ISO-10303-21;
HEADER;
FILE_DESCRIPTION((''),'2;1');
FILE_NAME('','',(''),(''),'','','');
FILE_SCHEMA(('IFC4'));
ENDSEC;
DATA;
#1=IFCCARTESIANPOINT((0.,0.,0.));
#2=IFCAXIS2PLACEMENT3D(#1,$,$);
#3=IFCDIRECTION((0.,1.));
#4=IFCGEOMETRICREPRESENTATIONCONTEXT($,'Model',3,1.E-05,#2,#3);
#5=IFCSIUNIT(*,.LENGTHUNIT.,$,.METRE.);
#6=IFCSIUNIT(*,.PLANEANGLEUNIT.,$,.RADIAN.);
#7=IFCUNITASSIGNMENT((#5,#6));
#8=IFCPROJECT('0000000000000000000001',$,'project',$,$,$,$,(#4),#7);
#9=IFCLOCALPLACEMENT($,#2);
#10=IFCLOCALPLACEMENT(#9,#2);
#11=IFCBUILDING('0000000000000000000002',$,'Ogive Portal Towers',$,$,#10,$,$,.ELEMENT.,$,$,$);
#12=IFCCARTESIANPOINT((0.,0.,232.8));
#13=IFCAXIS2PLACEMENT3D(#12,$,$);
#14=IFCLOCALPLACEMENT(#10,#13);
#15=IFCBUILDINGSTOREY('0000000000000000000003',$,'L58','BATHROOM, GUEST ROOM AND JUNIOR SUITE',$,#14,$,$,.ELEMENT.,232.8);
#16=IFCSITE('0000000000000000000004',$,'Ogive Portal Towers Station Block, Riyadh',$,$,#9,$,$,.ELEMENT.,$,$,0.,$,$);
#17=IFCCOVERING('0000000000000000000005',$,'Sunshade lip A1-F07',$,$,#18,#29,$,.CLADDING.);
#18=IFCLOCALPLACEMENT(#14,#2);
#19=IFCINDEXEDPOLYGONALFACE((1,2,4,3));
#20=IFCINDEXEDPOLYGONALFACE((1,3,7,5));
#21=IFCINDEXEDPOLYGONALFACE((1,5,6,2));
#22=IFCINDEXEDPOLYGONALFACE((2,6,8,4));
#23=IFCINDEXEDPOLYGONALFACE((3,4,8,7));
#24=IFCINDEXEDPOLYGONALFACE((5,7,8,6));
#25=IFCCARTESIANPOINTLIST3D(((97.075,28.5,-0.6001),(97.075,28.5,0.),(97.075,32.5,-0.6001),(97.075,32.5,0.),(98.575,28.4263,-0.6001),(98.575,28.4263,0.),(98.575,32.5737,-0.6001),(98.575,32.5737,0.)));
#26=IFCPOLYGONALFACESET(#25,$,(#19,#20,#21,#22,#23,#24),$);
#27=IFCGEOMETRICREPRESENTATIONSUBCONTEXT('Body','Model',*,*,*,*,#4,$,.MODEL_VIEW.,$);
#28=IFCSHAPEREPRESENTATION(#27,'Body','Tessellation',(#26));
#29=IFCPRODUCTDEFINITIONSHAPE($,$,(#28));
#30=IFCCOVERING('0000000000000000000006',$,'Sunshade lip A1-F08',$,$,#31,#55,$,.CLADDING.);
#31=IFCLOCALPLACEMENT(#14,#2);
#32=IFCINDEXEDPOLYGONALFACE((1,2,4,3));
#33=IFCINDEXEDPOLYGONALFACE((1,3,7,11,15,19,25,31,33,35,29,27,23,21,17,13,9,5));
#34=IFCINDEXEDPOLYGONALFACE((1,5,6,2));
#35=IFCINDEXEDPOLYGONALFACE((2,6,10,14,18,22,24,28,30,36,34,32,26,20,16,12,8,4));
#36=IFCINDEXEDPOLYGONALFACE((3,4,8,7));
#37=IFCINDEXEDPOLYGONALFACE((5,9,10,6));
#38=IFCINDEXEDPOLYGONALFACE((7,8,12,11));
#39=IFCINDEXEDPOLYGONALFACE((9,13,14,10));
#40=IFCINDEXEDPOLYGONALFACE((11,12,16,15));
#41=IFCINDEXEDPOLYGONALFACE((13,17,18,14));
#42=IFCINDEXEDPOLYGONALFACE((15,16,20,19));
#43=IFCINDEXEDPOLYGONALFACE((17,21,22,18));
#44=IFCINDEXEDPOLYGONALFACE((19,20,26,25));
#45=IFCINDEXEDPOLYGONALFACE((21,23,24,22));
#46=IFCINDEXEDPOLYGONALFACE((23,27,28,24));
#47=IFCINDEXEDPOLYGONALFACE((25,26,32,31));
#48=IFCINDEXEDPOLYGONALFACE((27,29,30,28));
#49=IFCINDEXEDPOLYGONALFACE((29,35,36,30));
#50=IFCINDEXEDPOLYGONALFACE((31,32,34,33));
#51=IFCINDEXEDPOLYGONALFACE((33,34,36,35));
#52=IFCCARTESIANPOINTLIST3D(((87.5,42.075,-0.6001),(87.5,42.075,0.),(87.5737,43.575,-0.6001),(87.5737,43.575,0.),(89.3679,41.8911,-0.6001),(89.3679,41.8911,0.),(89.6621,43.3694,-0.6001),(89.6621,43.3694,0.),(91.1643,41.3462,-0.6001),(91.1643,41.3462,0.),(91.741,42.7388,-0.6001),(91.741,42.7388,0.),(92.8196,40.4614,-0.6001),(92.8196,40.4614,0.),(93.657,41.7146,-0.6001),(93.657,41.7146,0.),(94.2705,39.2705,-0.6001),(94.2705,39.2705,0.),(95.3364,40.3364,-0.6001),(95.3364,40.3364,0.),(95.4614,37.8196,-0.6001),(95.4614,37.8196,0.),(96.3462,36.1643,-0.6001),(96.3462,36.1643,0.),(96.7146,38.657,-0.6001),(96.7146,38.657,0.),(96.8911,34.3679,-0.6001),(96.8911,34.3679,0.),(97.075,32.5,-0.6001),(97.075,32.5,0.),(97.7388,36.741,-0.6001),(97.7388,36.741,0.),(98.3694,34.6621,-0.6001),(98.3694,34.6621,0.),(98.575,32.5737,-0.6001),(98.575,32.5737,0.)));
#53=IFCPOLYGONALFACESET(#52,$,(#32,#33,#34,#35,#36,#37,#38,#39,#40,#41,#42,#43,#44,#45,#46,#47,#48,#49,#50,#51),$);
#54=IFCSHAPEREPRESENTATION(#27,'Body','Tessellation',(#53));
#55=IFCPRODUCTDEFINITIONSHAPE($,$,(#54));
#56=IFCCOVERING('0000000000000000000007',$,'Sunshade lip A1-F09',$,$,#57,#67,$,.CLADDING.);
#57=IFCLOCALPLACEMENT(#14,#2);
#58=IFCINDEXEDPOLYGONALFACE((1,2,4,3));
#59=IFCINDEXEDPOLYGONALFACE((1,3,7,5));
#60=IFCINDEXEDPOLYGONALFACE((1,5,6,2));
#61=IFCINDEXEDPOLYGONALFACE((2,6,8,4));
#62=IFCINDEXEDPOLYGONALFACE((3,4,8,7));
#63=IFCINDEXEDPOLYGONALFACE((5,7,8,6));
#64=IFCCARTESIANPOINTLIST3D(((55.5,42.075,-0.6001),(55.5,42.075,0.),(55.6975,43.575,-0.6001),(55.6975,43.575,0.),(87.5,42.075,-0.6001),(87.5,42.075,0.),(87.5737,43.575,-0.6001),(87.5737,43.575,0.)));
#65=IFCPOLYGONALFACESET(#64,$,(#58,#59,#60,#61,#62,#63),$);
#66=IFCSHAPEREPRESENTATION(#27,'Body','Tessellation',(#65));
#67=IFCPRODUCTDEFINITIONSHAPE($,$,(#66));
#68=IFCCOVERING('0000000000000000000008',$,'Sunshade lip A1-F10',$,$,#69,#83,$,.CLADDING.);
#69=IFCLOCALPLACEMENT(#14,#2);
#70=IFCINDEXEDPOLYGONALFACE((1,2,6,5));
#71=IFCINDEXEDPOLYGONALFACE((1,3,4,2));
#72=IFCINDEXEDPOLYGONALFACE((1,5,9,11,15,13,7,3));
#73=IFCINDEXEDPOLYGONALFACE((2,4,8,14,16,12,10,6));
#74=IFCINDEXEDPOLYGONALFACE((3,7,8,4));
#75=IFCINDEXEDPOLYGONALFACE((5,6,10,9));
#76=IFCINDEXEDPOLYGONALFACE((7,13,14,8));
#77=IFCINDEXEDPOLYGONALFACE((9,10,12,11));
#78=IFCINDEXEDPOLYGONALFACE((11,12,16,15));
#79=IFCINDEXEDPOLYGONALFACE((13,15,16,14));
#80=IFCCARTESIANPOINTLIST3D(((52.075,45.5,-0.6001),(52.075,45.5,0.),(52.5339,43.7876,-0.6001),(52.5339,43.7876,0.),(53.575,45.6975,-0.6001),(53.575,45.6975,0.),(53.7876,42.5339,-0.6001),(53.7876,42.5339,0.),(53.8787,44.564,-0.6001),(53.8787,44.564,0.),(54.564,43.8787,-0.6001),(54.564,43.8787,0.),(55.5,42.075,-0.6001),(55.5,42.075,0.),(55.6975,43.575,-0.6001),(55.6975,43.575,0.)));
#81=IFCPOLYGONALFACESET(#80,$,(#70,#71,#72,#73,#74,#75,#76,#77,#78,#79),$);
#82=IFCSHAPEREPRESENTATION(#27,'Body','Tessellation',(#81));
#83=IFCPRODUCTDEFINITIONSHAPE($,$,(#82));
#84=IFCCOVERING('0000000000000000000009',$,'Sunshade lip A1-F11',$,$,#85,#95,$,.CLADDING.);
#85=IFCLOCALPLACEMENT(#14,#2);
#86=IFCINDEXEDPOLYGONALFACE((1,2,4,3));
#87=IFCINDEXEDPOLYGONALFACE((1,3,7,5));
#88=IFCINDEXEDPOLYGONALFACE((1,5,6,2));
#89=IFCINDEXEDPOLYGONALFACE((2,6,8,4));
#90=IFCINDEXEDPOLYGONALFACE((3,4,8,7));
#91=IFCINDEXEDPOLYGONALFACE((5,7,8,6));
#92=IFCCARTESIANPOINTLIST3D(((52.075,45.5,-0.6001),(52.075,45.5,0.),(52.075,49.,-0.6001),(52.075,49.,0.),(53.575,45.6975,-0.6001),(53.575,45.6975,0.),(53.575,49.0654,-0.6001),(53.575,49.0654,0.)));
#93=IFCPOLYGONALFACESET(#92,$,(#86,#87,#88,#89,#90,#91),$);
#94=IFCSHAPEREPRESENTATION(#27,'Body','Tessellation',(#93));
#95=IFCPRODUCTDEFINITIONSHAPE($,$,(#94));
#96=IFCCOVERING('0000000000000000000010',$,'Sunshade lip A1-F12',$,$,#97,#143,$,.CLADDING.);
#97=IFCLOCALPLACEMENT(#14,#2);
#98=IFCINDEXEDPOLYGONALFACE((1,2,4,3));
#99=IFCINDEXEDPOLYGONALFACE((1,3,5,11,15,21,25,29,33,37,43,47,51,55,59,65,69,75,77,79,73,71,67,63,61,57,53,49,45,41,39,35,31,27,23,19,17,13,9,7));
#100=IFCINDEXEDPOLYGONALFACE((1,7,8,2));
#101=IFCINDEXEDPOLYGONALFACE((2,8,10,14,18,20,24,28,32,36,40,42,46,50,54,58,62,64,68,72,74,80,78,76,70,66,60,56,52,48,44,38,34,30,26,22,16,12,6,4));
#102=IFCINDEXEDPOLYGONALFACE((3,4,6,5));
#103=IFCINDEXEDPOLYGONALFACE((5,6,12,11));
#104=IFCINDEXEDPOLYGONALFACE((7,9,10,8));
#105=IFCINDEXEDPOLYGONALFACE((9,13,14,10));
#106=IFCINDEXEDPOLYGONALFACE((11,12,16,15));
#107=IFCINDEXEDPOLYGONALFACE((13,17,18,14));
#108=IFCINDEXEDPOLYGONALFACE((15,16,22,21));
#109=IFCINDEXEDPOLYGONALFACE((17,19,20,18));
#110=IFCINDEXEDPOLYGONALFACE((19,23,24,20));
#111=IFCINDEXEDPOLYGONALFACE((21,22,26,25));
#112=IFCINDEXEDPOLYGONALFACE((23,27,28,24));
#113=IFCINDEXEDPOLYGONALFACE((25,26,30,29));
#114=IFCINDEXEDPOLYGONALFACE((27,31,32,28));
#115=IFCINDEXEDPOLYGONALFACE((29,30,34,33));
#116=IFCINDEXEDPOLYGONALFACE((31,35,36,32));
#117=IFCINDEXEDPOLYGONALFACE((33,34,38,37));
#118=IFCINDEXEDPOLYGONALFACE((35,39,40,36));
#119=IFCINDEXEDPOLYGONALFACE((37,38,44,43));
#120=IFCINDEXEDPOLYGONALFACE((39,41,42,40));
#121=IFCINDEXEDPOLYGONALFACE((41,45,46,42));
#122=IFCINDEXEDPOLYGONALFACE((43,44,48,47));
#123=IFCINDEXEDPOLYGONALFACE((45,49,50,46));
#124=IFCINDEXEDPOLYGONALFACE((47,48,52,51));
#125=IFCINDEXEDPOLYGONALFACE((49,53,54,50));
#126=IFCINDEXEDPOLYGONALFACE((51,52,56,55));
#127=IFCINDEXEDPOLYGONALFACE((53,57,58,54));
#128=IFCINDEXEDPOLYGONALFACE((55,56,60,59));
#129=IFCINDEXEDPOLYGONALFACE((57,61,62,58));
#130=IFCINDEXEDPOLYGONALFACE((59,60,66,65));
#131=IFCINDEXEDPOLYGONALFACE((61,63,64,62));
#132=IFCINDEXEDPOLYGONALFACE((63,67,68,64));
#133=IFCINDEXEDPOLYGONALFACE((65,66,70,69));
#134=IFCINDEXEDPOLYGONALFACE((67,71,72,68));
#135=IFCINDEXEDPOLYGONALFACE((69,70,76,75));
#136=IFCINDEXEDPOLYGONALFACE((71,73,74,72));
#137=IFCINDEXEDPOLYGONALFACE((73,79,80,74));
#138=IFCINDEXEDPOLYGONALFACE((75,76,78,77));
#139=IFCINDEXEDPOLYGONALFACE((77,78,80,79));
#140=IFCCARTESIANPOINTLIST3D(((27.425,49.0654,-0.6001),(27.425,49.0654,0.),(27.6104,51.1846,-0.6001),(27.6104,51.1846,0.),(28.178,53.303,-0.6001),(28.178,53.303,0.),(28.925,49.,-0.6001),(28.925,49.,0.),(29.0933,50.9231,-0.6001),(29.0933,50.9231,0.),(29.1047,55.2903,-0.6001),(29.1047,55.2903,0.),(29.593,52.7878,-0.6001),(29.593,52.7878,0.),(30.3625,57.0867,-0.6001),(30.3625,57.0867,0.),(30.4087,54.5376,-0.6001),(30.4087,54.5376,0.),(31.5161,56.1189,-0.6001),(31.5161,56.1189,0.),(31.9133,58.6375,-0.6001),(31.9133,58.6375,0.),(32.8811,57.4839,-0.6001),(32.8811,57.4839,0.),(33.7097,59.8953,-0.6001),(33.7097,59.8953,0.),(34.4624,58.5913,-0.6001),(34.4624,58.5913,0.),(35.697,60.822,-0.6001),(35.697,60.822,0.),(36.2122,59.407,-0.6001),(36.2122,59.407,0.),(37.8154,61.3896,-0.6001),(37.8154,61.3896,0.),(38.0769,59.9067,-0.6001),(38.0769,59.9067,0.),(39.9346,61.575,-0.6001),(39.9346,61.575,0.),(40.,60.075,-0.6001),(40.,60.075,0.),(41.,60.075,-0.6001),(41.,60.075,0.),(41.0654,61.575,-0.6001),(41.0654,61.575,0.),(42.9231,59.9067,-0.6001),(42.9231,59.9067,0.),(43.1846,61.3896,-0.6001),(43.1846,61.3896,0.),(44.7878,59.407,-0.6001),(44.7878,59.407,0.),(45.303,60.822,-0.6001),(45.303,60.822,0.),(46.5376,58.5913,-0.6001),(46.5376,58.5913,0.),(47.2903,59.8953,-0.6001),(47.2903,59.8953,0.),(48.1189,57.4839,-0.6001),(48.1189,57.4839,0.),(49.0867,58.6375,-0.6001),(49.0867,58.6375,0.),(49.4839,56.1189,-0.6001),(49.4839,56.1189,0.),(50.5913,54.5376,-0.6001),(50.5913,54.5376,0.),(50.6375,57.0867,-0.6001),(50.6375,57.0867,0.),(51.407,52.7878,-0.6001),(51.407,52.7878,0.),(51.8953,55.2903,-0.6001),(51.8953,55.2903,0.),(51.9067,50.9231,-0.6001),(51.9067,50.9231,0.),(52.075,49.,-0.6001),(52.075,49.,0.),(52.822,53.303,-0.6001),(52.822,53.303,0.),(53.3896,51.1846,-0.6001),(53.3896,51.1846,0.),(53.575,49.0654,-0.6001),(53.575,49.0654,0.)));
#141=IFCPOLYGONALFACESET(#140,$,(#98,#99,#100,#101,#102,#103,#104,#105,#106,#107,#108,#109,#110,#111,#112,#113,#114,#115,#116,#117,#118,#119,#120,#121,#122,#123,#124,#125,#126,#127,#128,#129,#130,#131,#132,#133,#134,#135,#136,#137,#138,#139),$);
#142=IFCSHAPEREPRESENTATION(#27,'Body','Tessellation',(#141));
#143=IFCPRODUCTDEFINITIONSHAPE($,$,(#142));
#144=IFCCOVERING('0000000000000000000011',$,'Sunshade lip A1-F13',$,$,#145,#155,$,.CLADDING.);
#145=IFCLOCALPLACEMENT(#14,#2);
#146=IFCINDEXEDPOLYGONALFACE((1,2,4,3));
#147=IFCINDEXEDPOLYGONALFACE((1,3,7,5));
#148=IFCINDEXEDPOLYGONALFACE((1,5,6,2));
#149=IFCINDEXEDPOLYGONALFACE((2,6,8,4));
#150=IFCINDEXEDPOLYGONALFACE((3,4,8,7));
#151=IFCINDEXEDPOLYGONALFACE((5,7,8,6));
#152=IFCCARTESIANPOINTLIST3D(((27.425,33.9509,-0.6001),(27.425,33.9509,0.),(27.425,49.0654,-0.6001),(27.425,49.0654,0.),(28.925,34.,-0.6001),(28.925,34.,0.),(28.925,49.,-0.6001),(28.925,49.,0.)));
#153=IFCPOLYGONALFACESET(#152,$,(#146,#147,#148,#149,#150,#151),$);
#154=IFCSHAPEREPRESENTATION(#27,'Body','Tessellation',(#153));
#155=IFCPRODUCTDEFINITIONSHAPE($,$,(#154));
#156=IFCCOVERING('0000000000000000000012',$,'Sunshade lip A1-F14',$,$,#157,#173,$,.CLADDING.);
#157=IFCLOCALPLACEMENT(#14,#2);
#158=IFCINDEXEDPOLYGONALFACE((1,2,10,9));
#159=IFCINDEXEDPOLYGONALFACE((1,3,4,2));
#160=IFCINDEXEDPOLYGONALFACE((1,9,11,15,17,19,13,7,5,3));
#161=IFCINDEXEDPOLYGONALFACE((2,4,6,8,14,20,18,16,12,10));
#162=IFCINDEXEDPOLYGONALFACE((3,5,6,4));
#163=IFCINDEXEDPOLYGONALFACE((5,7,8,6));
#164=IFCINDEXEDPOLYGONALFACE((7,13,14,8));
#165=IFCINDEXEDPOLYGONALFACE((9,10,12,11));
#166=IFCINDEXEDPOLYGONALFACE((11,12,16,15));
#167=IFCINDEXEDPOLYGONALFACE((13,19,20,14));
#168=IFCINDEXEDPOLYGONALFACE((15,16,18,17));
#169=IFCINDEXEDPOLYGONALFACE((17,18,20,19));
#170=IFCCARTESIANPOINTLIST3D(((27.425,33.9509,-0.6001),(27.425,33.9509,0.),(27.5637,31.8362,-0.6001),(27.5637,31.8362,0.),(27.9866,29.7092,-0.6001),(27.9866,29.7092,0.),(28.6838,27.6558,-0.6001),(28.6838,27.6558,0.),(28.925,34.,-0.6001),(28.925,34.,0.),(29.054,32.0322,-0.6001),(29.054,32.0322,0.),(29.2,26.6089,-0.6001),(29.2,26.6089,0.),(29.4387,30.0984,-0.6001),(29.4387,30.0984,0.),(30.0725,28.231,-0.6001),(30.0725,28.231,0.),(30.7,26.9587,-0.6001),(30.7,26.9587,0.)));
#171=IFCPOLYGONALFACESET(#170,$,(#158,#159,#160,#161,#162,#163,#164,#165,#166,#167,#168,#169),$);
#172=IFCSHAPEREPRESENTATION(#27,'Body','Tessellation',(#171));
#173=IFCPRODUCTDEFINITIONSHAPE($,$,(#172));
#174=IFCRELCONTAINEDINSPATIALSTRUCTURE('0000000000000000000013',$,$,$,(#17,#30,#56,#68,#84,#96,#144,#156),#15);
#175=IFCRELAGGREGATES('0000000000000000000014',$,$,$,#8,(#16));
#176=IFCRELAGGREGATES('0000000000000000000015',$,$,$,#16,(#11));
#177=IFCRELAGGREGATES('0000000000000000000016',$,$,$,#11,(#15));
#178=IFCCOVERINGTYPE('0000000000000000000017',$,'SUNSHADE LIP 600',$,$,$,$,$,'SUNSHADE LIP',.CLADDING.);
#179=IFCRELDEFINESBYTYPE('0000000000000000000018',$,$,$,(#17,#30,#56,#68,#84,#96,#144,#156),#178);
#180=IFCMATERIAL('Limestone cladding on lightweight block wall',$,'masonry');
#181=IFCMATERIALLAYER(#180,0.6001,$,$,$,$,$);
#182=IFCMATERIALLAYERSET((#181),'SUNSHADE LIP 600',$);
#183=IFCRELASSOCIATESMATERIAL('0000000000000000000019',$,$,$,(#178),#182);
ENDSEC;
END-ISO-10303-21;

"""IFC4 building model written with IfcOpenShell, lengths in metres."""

from ifc_helpers import new_model, si_unit, direction, frame, origin, place, context, subcontext, project, spatial, polyline, outline, extrude, material, layer, layer_set, type_object, element, save


model = new_model("IFC4")

# Units and contexts
model_context = context("Model", 3, precision=1e-05, world=origin(), true_north=direction((0.0, 1.0)))
body_context = subcontext(model_context, "Body", "Model", "MODEL_VIEW")
ifc_project = project(units=[si_unit("LENGTHUNIT", "METRE"), si_unit("PLANEANGLEUNIT", "RADIAN")], contexts=[model_context])

# Site, building, storey
site_placement = place(None, origin())
site = spatial("IfcSite", under=ifc_project, at=site_placement, Name="Ogive Portal Towers Station Block, Riyadh", CompositionType="ELEMENT", RefElevation=0.0)
building_placement = place(site_placement, origin())
building = spatial("IfcBuilding", under=site, at=building_placement, Name="Ogive Portal Towers", CompositionType="ELEMENT")
storey_placement = place(building_placement, frame((0.0, 0.0, 232.8)))
storey = spatial("IfcBuildingStorey", under=building, at=storey_placement, Name="L58", Description="BATHROOM, GUEST ROOM AND JUNIOR SUITE", CompositionType="ELEMENT", Elevation=232.8)

# Coverings
ifc_material_1 = material(Name="Limestone cladding on lightweight block wall", Category="masonry")
ifc_layer_1 = layer(ifc_material_1, 0.6001)
ifc_layer_set_1 = layer_set([ifc_layer_1], Name="SUNSHADE LIP 600")
covering_type_1 = type_object("IfcCoveringType", Name="SUNSHADE LIP 600", ElementType="SUNSHADE LIP", PredefinedType="CLADDING", material=ifc_layer_set_1)
covering_1_placement = place(storey_placement, frame((0.0, 0.0, -0.6001)))
element("IfcCovering", 1, at=covering_1_placement, inside=storey, type_object=covering_type_1, Name="Sunshade lip A1-F07", PredefinedType="CLADDING", context=body_context, shape_type="SweptSolid", body=[
    extrude(outline(polyline([(97.075, 28.5), (97.075, 32.5), (98.575, 32.5737), (98.575, 28.4263), (97.075, 28.5)])), origin(), (0.0, 0.0, 1.0), 0.6001),
])
covering_2_placement = place(storey_placement, frame((0.0, 0.0, -0.6001)))
element("IfcCovering", 2, at=covering_2_placement, inside=storey, type_object=covering_type_1, Name="Sunshade lip A1-F08", PredefinedType="CLADDING", context=body_context, shape_type="SweptSolid", body=[
    extrude(outline(polyline([(97.075, 32.5), (96.8911, 34.3679), (96.3462, 36.1643), (95.4614, 37.8196), (94.2705, 39.2705), (92.8196, 40.4614), (91.1643, 41.3462), (89.3679, 41.8911), (87.5, 42.075), (87.5737, 43.575), (89.6621, 43.3694), (91.741, 42.7388), (93.657, 41.7146), (95.3364, 40.3364), (96.7146, 38.657), (97.7388, 36.741), (98.3694, 34.6621), (98.575, 32.5737), (97.075, 32.5)])), origin(), (0.0, 0.0, 1.0), 0.6001),
])
covering_3_placement = place(storey_placement, frame((0.0, 0.0, -0.6001)))
element("IfcCovering", 3, at=covering_3_placement, inside=storey, type_object=covering_type_1, Name="Sunshade lip A1-F09", PredefinedType="CLADDING", context=body_context, shape_type="SweptSolid", body=[
    extrude(outline(polyline([(87.5, 42.075), (55.5, 42.075), (55.6975, 43.575), (87.5737, 43.575), (87.5, 42.075)])), origin(), (0.0, 0.0, 1.0), 0.6001),
])
covering_4_placement = place(storey_placement, frame((0.0, 0.0, -0.6001)))
element("IfcCovering", 4, at=covering_4_placement, inside=storey, type_object=covering_type_1, Name="Sunshade lip A1-F10", PredefinedType="CLADDING", context=body_context, shape_type="SweptSolid", body=[
    extrude(outline(polyline([(55.5, 42.075), (53.7876, 42.5339), (52.5339, 43.7876), (52.075, 45.5), (53.575, 45.6975), (53.8787, 44.564), (54.564, 43.8787), (55.6975, 43.575), (55.5, 42.075)])), origin(), (0.0, 0.0, 1.0), 0.6001),
])
covering_5_placement = place(storey_placement, frame((0.0, 0.0, -0.6001)))
element("IfcCovering", 5, at=covering_5_placement, inside=storey, type_object=covering_type_1, Name="Sunshade lip A1-F11", PredefinedType="CLADDING", context=body_context, shape_type="SweptSolid", body=[
    extrude(outline(polyline([(52.075, 45.5), (52.075, 49.0), (53.575, 49.0654), (53.575, 45.6975), (52.075, 45.5)])), origin(), (0.0, 0.0, 1.0), 0.6001),
])
covering_6_placement = place(storey_placement, frame((0.0, 0.0, -0.6001)))
element("IfcCovering", 6, at=covering_6_placement, inside=storey, type_object=covering_type_1, Name="Sunshade lip A1-F12", PredefinedType="CLADDING", context=body_context, shape_type="SweptSolid", body=[
    extrude(outline(polyline([(52.075, 49.0), (51.9067, 50.9231), (51.407, 52.7878), (50.5913, 54.5376), (49.4839, 56.1189), (48.1189, 57.4839), (46.5376, 58.5913), (44.7878, 59.407), (42.9231, 59.9067), (41.0, 60.075), (40.0, 60.075), (38.0769, 59.9067), (36.2122, 59.407), (34.4624, 58.5913), (32.8811, 57.4839), (31.5161, 56.1189), (30.4087, 54.5376), (29.593, 52.7878), (29.0933, 50.9231), (28.925, 49.0), (27.425, 49.0654), (27.6104, 51.1846), (28.178, 53.303), (29.1047, 55.2903), (30.3625, 57.0867), (31.9133, 58.6375), (33.7097, 59.8953), (35.697, 60.822), (37.8154, 61.3896), (39.9346, 61.575), (41.0654, 61.575), (43.1846, 61.3896), (45.303, 60.822), (47.2903, 59.8953), (49.0867, 58.6375), (50.6375, 57.0867), (51.8953, 55.2903), (52.822, 53.303), (53.3896, 51.1846), (53.575, 49.0654), (52.075, 49.0)])), origin(), (0.0, 0.0, 1.0), 0.6001),
])
covering_7_placement = place(storey_placement, frame((0.0, 0.0, -0.6001)))
element("IfcCovering", 7, at=covering_7_placement, inside=storey, type_object=covering_type_1, Name="Sunshade lip A1-F13", PredefinedType="CLADDING", context=body_context, shape_type="SweptSolid", body=[
    extrude(outline(polyline([(28.925, 49.0), (28.925, 34.0), (27.425, 33.9509), (27.425, 49.0654), (28.925, 49.0)])), origin(), (0.0, 0.0, 1.0), 0.6001),
])
covering_8_placement = place(storey_placement, frame((0.0, 0.0, -0.6001)))
element("IfcCovering", 8, at=covering_8_placement, inside=storey, type_object=covering_type_1, Name="Sunshade lip A1-F14", PredefinedType="CLADDING", context=body_context, shape_type="SweptSolid", body=[
    extrude(outline(polyline([(28.925, 34.0), (29.054, 32.0322), (29.4387, 30.0984), (30.0725, 28.231), (30.7, 26.9587), (29.2, 26.6089), (28.6838, 27.6558), (27.9866, 29.7092), (27.5637, 31.8362), (27.425, 33.9509), (28.925, 34.0)])), origin(), (0.0, 0.0, 1.0), 0.6001),
])

save(model, "model.ifc")
